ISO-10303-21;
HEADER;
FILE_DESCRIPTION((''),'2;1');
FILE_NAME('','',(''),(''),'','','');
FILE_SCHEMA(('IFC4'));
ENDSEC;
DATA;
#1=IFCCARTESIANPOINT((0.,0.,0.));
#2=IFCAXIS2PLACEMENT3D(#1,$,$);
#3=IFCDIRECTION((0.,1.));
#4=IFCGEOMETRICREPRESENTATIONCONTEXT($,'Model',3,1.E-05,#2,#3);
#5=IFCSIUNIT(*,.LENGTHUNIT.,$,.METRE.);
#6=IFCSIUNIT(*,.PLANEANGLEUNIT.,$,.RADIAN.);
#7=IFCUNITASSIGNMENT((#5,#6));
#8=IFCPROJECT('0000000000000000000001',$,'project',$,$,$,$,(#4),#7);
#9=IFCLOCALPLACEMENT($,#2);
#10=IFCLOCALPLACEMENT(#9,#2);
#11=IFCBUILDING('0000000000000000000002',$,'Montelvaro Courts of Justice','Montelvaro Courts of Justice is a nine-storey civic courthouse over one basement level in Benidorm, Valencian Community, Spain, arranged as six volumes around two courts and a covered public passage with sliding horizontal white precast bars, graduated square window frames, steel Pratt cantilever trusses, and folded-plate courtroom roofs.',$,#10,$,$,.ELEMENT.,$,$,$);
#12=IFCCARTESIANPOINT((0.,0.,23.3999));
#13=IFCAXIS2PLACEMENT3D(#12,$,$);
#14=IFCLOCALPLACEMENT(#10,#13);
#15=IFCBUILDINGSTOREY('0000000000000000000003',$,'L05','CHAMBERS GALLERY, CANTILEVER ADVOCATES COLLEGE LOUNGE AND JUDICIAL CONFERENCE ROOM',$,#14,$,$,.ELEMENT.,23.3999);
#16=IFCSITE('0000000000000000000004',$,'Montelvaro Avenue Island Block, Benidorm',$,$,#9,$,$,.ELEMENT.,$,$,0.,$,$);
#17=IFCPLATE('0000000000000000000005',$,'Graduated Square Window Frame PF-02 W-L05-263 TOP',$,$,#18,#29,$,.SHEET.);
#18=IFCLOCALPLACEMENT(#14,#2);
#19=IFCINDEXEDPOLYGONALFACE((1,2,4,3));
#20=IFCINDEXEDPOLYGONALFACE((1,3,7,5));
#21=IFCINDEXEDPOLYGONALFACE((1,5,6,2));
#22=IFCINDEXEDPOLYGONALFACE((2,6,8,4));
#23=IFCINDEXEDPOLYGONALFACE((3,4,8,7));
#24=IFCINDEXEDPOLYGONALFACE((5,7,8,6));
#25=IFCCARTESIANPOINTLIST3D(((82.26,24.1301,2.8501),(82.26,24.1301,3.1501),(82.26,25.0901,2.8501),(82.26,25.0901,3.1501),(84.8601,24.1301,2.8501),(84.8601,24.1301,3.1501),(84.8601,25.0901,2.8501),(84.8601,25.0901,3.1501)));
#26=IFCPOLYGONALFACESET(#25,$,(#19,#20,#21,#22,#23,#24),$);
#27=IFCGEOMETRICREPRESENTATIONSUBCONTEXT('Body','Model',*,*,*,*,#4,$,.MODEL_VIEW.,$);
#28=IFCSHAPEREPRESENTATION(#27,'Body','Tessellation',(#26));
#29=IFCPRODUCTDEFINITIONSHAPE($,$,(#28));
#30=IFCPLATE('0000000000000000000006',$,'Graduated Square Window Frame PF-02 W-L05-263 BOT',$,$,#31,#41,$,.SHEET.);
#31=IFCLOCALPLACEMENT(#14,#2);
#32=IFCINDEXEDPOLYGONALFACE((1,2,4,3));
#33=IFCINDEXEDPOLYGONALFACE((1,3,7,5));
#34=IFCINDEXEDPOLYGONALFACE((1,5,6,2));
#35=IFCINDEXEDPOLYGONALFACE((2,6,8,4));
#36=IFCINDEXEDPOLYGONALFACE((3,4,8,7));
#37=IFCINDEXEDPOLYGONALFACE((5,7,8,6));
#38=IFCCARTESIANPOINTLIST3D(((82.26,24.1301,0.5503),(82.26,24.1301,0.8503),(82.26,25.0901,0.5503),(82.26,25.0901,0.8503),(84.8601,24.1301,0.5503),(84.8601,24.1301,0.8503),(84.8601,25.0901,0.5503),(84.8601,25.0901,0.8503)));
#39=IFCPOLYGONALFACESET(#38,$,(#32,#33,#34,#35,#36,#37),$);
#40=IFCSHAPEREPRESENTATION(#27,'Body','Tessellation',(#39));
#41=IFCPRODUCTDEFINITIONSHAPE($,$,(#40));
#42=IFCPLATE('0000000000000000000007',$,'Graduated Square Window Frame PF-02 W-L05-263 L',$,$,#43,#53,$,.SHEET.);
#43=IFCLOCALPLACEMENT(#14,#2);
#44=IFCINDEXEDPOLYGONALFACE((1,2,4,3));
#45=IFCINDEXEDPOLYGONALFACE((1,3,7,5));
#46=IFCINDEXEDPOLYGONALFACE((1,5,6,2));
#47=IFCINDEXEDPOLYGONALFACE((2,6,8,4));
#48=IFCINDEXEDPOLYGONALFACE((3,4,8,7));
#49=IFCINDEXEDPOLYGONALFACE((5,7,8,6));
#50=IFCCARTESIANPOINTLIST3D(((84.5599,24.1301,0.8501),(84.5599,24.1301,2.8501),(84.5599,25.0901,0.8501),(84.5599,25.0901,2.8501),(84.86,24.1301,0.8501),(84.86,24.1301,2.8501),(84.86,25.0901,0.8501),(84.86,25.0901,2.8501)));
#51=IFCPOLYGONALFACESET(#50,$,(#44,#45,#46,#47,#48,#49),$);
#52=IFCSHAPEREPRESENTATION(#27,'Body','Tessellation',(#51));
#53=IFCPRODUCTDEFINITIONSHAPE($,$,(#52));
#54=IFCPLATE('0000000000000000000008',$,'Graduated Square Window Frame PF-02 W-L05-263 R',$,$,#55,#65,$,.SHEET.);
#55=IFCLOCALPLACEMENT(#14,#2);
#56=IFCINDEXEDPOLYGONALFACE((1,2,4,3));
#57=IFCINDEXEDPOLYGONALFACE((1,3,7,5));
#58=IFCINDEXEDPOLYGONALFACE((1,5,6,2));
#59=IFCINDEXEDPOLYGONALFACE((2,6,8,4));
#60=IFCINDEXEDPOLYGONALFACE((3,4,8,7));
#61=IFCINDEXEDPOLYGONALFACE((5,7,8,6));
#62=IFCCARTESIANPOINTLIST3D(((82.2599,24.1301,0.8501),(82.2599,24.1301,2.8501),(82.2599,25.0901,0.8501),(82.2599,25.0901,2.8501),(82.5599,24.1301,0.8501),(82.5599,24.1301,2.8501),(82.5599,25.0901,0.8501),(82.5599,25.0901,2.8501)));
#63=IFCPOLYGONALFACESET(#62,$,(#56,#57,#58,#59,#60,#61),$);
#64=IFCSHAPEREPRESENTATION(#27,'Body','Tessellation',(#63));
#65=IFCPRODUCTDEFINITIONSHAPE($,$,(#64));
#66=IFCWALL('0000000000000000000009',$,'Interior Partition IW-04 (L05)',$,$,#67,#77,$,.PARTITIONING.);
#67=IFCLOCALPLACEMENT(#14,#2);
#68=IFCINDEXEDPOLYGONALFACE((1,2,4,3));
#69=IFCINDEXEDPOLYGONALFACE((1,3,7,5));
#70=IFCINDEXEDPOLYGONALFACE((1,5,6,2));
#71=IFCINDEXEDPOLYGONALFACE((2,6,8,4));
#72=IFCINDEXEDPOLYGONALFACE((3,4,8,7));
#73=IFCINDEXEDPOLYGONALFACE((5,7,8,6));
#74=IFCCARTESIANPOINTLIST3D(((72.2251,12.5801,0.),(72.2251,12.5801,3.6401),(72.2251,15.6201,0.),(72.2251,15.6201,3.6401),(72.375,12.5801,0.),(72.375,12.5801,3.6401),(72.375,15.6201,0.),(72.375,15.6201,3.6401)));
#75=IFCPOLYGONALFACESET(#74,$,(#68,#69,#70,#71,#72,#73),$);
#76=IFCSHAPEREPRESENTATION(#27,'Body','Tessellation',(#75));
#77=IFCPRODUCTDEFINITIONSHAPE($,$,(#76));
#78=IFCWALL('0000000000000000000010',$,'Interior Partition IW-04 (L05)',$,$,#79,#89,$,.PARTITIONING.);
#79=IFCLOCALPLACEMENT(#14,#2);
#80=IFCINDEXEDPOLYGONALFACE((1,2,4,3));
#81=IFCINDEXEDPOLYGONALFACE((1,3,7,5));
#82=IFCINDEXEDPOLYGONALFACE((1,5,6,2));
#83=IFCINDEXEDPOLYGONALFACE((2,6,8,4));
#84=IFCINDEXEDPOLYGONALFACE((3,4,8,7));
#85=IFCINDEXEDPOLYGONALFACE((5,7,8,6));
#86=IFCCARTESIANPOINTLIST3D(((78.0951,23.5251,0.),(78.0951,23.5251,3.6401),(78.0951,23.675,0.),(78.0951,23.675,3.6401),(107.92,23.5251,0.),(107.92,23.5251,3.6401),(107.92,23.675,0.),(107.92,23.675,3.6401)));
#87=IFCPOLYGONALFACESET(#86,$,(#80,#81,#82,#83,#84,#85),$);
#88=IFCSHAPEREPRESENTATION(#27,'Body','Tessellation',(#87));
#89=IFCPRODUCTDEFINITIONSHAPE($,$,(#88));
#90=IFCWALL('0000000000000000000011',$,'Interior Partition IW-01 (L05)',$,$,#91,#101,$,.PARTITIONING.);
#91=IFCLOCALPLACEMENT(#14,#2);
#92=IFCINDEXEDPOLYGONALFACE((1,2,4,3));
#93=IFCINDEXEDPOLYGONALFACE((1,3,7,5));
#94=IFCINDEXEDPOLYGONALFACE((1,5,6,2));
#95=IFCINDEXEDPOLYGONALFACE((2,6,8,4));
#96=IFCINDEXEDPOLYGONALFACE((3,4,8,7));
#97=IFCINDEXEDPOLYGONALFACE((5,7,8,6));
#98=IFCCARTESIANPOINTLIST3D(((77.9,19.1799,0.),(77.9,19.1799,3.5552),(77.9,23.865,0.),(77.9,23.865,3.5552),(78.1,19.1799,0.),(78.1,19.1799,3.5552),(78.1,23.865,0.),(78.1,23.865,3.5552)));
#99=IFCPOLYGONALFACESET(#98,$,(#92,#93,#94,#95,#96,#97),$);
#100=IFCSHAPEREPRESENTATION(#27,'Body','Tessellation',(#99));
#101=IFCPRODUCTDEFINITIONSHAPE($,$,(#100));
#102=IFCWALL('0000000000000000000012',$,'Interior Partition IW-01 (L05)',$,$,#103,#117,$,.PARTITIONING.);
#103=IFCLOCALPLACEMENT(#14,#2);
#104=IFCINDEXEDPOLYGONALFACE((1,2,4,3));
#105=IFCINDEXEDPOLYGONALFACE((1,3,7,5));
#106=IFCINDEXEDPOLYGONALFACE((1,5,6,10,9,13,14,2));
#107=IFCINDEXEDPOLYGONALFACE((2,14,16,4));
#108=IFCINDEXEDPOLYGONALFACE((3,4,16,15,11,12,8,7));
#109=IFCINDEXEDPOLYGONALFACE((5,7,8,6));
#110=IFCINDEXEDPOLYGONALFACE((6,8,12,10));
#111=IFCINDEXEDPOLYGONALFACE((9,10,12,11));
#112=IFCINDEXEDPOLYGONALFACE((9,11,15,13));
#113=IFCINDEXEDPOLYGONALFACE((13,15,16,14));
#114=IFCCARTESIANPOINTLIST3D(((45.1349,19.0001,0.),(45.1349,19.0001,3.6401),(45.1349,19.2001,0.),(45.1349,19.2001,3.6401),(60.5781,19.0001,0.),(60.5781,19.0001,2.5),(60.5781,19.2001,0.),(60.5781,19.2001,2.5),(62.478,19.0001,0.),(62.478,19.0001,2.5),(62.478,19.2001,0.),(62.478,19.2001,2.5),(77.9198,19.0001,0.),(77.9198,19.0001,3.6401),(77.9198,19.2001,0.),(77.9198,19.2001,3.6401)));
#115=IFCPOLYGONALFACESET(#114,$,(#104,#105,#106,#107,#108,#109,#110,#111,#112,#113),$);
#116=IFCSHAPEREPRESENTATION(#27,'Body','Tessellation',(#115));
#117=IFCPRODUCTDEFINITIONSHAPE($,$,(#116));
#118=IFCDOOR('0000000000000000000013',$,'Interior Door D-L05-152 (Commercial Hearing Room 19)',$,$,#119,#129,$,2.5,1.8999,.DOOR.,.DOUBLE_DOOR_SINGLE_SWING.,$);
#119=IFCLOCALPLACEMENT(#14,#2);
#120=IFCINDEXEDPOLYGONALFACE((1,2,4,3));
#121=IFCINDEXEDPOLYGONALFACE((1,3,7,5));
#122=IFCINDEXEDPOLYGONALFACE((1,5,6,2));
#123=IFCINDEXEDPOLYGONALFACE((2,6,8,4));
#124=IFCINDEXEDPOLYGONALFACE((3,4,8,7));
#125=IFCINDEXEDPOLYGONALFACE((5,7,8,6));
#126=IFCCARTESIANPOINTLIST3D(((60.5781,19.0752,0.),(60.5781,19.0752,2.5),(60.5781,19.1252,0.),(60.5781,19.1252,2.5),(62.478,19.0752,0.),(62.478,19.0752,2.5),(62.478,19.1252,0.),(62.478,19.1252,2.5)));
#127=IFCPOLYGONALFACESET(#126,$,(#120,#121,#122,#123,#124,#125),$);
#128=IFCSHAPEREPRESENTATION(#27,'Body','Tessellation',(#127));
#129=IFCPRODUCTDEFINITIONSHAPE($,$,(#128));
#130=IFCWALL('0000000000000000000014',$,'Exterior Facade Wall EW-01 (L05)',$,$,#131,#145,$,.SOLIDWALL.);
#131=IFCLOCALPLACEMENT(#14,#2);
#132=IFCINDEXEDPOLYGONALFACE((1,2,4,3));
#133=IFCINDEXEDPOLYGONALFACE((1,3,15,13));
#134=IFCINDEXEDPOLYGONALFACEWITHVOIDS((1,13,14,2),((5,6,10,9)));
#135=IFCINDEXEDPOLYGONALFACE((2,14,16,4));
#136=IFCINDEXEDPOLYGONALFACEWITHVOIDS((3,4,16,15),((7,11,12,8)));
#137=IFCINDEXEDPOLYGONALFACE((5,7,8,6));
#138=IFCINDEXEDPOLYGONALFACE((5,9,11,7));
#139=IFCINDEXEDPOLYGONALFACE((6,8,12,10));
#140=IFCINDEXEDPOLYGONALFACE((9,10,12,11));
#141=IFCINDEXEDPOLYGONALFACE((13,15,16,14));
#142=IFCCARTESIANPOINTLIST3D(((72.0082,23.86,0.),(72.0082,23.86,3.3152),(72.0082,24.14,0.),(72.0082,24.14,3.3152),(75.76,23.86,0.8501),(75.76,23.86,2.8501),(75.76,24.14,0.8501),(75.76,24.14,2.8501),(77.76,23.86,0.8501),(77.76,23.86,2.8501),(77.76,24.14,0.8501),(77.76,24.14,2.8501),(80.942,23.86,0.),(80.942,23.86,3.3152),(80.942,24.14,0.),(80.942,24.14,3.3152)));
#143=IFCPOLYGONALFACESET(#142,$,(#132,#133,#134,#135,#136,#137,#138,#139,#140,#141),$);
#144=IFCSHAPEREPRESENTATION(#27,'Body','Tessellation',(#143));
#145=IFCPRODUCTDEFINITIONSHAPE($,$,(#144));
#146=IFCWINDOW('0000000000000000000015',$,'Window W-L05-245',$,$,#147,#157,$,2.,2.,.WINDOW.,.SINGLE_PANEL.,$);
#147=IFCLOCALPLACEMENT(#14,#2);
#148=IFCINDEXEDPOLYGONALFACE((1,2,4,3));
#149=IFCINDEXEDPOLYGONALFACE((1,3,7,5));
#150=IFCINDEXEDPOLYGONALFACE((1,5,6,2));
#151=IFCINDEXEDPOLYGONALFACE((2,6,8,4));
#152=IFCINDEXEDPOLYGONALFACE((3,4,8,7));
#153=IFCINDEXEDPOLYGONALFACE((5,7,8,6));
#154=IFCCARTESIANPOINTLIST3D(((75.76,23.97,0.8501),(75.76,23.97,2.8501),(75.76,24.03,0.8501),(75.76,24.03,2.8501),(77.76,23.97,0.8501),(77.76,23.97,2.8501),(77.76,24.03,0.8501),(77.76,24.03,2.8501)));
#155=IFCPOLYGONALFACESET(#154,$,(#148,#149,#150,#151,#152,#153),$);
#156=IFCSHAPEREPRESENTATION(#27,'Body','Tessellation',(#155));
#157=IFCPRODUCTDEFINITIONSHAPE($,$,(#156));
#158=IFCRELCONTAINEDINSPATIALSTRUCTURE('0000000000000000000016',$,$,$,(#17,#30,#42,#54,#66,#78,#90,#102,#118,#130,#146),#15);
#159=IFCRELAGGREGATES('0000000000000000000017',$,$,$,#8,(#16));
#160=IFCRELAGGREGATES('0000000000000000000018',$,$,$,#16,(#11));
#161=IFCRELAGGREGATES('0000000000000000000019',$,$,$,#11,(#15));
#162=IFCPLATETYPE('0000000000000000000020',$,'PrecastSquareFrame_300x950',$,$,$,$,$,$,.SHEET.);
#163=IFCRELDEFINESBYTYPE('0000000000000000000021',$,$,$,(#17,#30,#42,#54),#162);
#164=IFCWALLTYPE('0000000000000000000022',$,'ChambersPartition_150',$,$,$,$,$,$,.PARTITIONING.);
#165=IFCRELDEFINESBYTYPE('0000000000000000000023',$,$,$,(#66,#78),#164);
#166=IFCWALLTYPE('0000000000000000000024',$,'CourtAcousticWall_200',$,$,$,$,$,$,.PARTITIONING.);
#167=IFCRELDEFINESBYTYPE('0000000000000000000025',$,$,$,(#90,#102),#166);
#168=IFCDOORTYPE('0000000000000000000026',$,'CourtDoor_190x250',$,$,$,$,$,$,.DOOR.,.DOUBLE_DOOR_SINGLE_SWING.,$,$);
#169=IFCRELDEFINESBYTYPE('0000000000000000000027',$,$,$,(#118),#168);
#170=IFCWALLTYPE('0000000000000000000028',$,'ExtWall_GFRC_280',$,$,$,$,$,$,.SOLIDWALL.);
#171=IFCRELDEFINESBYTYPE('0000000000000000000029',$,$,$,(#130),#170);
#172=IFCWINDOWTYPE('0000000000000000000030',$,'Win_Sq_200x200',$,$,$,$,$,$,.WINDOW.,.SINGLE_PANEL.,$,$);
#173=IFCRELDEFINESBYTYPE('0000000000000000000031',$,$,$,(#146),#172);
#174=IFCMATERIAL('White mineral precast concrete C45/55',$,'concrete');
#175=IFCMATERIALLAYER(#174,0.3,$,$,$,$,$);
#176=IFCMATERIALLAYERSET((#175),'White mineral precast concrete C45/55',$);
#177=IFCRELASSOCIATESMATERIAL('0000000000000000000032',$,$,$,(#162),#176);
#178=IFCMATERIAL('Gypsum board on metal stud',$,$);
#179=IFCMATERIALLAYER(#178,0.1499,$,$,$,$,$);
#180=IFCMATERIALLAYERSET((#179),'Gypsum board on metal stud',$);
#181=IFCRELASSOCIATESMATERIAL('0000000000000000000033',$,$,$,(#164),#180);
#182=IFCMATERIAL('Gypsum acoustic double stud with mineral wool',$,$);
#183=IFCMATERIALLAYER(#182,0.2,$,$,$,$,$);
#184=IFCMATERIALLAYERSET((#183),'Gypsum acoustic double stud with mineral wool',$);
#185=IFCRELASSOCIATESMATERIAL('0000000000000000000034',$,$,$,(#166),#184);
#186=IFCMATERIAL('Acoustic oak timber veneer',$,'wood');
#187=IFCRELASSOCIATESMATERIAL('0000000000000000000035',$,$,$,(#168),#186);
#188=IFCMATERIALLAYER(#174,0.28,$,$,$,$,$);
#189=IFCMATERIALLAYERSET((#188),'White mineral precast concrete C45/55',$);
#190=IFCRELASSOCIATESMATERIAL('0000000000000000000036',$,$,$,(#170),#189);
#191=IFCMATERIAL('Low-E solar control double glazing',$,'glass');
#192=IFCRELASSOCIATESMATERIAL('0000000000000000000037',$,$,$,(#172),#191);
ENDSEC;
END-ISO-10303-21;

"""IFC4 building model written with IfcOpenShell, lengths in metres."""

from ifc_helpers import new_model, si_unit, direction, frame, frame_2d, origin, origin_2d, place, context, subcontext, project, spatial, rectangle, extrude, material, layer, layer_set, type_object, element, fill, save


model = new_model("IFC4")

# Units and contexts
model_context = context("Model", 3, precision=1e-05, world=origin(), true_north=direction((0.0, 1.0)))
body_context = subcontext(model_context, "Body", "Model", "MODEL_VIEW")
ifc_project = project(units=[si_unit("LENGTHUNIT", "METRE"), si_unit("PLANEANGLEUNIT", "RADIAN")], contexts=[model_context])

# Site, building, storey
site_placement = place(None, origin())
site = spatial("IfcSite", under=ifc_project, at=site_placement, Name="Montelvaro Avenue Island Block, Benidorm", CompositionType="ELEMENT", RefElevation=0.0)
building_placement = place(site_placement, origin())
building = spatial("IfcBuilding", under=site, at=building_placement, Name="Montelvaro Courts of Justice", Description="Montelvaro Courts of Justice is a nine-storey civic courthouse over one basement level in Benidorm, Valencian Community, Spain, arranged as six volumes around two courts and a covered public passage with sliding horizontal white precast bars, graduated square window frames, steel Pratt cantilever trusses, and folded-plate courtroom roofs.", CompositionType="ELEMENT")
storey_placement = place(building_placement, frame((0.0, 0.0, 23.3999)))
storey = spatial("IfcBuildingStorey", under=building, at=storey_placement, Name="L05", Description="CHAMBERS GALLERY, CANTILEVER ADVOCATES COLLEGE LOUNGE AND JUDICIAL CONFERENCE ROOM", CompositionType="ELEMENT", Elevation=23.3999)

# Plates
ifc_material_1 = material(Name="White mineral precast concrete C45/55", Category="concrete")
ifc_layer_1 = layer(ifc_material_1, 0.3)
ifc_layer_set_1 = layer_set([ifc_layer_1], Name="White mineral precast concrete C45/55")
plate_type = type_object("IfcPlateType", Name="PrecastSquareFrame_300x950", PredefinedType="SHEET", material=ifc_layer_set_1)
for number, where, z_axis, x_axis, name in (
    (1, (83.5601, 24.6101, 2.8501), (0.0, 0.0, 1.0), (-1.0, 0.0, 0.0), "Graduated Square Window Frame PF-02 W-L05-263 TOP"),
    (2, (83.5601, 24.6101, 0.5503), (0.0, 0.0, 1.0), (-1.0, 0.0, 0.0), "Graduated Square Window Frame PF-02 W-L05-263 BOT"),
):
    element("IfcPlate", number, at=place(storey_placement, frame(where, z_axis=z_axis, x_axis=x_axis)), inside=storey, type_object=plate_type, Name=name, PredefinedType="SHEET", context=body_context, shape_type="SweptSolid", body=[
        extrude(rectangle(XDim=2.6001, YDim=0.96, at=origin_2d()), origin(), (0.0, 0.0, 1.0), 0.3),
    ])
for number, where, z_axis, x_axis, name in (
    (3, (84.71, 24.6101, 0.8501), (0.0, 0.0, 1.0), (-1.0, 0.0, 0.0), "Graduated Square Window Frame PF-02 W-L05-263 L"),
    (4, (82.4099, 24.6101, 0.8501), (0.0, 0.0, 1.0), (-1.0, 0.0, 0.0), "Graduated Square Window Frame PF-02 W-L05-263 R"),
):
    element("IfcPlate", number, at=place(storey_placement, frame(where, z_axis=z_axis, x_axis=x_axis)), inside=storey, type_object=plate_type, Name=name, PredefinedType="SHEET", context=body_context, shape_type="SweptSolid", body=[
        extrude(rectangle(XDim=0.3, YDim=0.96, at=origin_2d()), origin(), (0.0, 0.0, 1.0), 2.0),
    ])

# Walls
ifc_material_2 = material(Name="Gypsum board on metal stud")
ifc_layer_2 = layer(ifc_material_2, 0.1499)
ifc_layer_set_2 = layer_set([ifc_layer_2], Name="Gypsum board on metal stud")
wall_type_1 = type_object("IfcWallType", Name="ChambersPartition_150", PredefinedType="PARTITIONING", material=ifc_layer_set_2)
wall_1_placement = place(storey_placement, frame((72.3, 15.6201, 0.0), z_axis=(0.0, 0.0, 1.0), x_axis=(0.0, -1.0, 0.0)))
element("IfcWall", 5, at=wall_1_placement, inside=storey, type_object=wall_type_1, Name="Interior Partition IW-04 (L05)", PredefinedType="PARTITIONING", context=body_context, shape_type="SweptSolid", body=[
    extrude(rectangle(XDim=3.04, YDim=0.1499, at=frame_2d((1.52, 0.0))), origin(), (0.0, 0.0, 1.0), 3.6401),
])
wall_2_placement = place(storey_placement, frame((78.095, 23.6001, 0.0), z_axis=(0.0, 0.0, 1.0), x_axis=(1.0, 0.0, 0.0)))
element("IfcWall", 6, at=wall_2_placement, inside=storey, type_object=wall_type_1, Name="Interior Partition IW-04 (L05)", PredefinedType="PARTITIONING", context=body_context, shape_type="SweptSolid", body=[
    extrude(rectangle(XDim=29.825, YDim=0.1499, at=frame_2d((14.9126, 0.0))), origin(), (0.0, 0.0, 1.0), 3.6401),
])
ifc_material_3 = material(Name="Gypsum acoustic double stud with mineral wool")
ifc_layer_3 = layer(ifc_material_3, 0.2)
ifc_layer_set_3 = layer_set([ifc_layer_3], Name="Gypsum acoustic double stud with mineral wool")
wall_type_2 = type_object("IfcWallType", Name="CourtAcousticWall_200", PredefinedType="PARTITIONING", material=ifc_layer_set_3)
wall_3_placement = place(storey_placement, frame((78.0, 23.865, 0.0), z_axis=(0.0, 0.0, 1.0), x_axis=(0.0, -1.0, 0.0)))
element("IfcWall", 7, at=wall_3_placement, inside=storey, type_object=wall_type_2, Name="Interior Partition IW-01 (L05)", PredefinedType="PARTITIONING", context=body_context, shape_type="SweptSolid", body=[
    extrude(rectangle(XDim=4.6851, YDim=0.2, at=frame_2d((2.3425, 0.0))), origin(), (0.0, 0.0, 1.0), 3.5552),
])

# Wall, opening, door
wall_4_placement = place(storey_placement, frame((77.9199, 19.1001, 0.0), z_axis=(0.0, 0.0, 1.0), x_axis=(-1.0, 0.0, 0.0)))
wall_4 = element("IfcWall", 8, at=wall_4_placement, inside=storey, type_object=wall_type_2, Name="Interior Partition IW-01 (L05)", PredefinedType="PARTITIONING", context=body_context, shape_type="SweptSolid", body=[
    extrude(rectangle(XDim=32.7849, YDim=0.2, at=frame_2d((16.3926, 0.0))), origin(), (0.0, 0.0, 1.0), 3.6401),
])
opening_1_placement = place(wall_4_placement, frame((15.4419, 0.0, 0.0)))
opening_1 = element("IfcOpeningElement", 9, at=opening_1_placement, cuts=wall_4, PredefinedType="OPENING", context=body_context, shape_type="SweptSolid", body=[
    extrude(rectangle(XDim=1.8999, YDim=2.5, at=frame_2d((0.95, 1.25))), frame((0.0, 0.1147, 0.0), z_axis=(0.0, -1.0, 0.0), x_axis=(1.0, 0.0, 0.0)), (0.0, 0.0, 1.0), 0.2297),
])
ifc_material_4 = material(Name="Acoustic oak timber veneer", Category="wood")
door_type_1 = type_object("IfcDoorType", Name="CourtDoor_190x250", OperationType="DOUBLE_DOOR_SINGLE_SWING", PredefinedType="DOOR", material=ifc_material_4)
door_1_placement = place(opening_1_placement, origin())
door_1 = element("IfcDoor", 10, at=door_1_placement, inside=storey, type_object=door_type_1, Name="Interior Door D-L05-152 (Commercial Hearing Room 19)", OperationType="DOUBLE_DOOR_SINGLE_SWING", OverallHeight=2.5, OverallWidth=1.8999, PredefinedType="DOOR", context=body_context, shape_type="SweptSolid", body=[
    extrude(rectangle(XDim=1.8999, YDim=2.5, at=frame_2d((0.95, 1.25))), frame((0.0, 0.0249, 0.0), z_axis=(0.0, -1.0, 0.0), x_axis=(1.0, 0.0, 0.0)), (0.0, 0.0, 1.0), 0.05),
])
fill(opening_1, door_1)

# Wall, opening, window
ifc_layer_4 = layer(ifc_material_1, 0.28)
ifc_layer_set_4 = layer_set([ifc_layer_4], Name="White mineral precast concrete C45/55")
wall_type_3 = type_object("IfcWallType", Name="ExtWall_GFRC_280", PredefinedType="SOLIDWALL", material=ifc_layer_set_4)
wall_5_placement = place(storey_placement, frame((80.9419, 24.0, 0.0), z_axis=(0.0, 0.0, 1.0), x_axis=(-1.0, 0.0, 0.0)))
wall_5 = element("IfcWall", 11, at=wall_5_placement, inside=storey, type_object=wall_type_3, Name="Exterior Facade Wall EW-01 (L05)", PredefinedType="SOLIDWALL", context=body_context, shape_type="SweptSolid", body=[
    extrude(rectangle(XDim=8.9338, YDim=0.28, at=frame_2d((4.4668, 0.0))), origin(), (0.0, 0.0, 1.0), 3.3152),
])
opening_2_placement = place(wall_5_placement, frame((3.1819, 0.0, 0.8501)))
opening_2 = element("IfcOpeningElement", 12, at=opening_2_placement, cuts=wall_5, PredefinedType="OPENING", context=body_context, shape_type="SweptSolid", body=[
    extrude(rectangle(XDim=2.0, YDim=2.0, at=frame_2d((1.0, 1.0))), frame((0.0, 0.1548, 0.0), z_axis=(0.0, -1.0, 0.0), x_axis=(1.0, 0.0, 0.0)), (0.0, 0.0, 1.0), 0.3098),
])
ifc_material_5 = material(Name="Low-E solar control double glazing", Category="glass")
window_type = type_object("IfcWindowType", Name="Win_Sq_200x200", PartitioningType="SINGLE_PANEL", PredefinedType="WINDOW", material=ifc_material_5)
window_1_placement = place(opening_2_placement, origin())
window_1 = element("IfcWindow", 13, at=window_1_placement, inside=storey, type_object=window_type, Name="Window W-L05-245", OverallHeight=2.0, OverallWidth=2.0, PartitioningType="SINGLE_PANEL", PredefinedType="WINDOW", context=body_context, shape_type="SweptSolid", body=[
    extrude(rectangle(XDim=2.0, YDim=2.0, at=frame_2d((1.0, 1.0))), frame((0.0, 0.03, 0.0), z_axis=(0.0, -1.0, 0.0), x_axis=(1.0, 0.0, 0.0)), (0.0, 0.0, 1.0), 0.0601),
])
fill(opening_2, window_1)

save(model, "model.ifc")
